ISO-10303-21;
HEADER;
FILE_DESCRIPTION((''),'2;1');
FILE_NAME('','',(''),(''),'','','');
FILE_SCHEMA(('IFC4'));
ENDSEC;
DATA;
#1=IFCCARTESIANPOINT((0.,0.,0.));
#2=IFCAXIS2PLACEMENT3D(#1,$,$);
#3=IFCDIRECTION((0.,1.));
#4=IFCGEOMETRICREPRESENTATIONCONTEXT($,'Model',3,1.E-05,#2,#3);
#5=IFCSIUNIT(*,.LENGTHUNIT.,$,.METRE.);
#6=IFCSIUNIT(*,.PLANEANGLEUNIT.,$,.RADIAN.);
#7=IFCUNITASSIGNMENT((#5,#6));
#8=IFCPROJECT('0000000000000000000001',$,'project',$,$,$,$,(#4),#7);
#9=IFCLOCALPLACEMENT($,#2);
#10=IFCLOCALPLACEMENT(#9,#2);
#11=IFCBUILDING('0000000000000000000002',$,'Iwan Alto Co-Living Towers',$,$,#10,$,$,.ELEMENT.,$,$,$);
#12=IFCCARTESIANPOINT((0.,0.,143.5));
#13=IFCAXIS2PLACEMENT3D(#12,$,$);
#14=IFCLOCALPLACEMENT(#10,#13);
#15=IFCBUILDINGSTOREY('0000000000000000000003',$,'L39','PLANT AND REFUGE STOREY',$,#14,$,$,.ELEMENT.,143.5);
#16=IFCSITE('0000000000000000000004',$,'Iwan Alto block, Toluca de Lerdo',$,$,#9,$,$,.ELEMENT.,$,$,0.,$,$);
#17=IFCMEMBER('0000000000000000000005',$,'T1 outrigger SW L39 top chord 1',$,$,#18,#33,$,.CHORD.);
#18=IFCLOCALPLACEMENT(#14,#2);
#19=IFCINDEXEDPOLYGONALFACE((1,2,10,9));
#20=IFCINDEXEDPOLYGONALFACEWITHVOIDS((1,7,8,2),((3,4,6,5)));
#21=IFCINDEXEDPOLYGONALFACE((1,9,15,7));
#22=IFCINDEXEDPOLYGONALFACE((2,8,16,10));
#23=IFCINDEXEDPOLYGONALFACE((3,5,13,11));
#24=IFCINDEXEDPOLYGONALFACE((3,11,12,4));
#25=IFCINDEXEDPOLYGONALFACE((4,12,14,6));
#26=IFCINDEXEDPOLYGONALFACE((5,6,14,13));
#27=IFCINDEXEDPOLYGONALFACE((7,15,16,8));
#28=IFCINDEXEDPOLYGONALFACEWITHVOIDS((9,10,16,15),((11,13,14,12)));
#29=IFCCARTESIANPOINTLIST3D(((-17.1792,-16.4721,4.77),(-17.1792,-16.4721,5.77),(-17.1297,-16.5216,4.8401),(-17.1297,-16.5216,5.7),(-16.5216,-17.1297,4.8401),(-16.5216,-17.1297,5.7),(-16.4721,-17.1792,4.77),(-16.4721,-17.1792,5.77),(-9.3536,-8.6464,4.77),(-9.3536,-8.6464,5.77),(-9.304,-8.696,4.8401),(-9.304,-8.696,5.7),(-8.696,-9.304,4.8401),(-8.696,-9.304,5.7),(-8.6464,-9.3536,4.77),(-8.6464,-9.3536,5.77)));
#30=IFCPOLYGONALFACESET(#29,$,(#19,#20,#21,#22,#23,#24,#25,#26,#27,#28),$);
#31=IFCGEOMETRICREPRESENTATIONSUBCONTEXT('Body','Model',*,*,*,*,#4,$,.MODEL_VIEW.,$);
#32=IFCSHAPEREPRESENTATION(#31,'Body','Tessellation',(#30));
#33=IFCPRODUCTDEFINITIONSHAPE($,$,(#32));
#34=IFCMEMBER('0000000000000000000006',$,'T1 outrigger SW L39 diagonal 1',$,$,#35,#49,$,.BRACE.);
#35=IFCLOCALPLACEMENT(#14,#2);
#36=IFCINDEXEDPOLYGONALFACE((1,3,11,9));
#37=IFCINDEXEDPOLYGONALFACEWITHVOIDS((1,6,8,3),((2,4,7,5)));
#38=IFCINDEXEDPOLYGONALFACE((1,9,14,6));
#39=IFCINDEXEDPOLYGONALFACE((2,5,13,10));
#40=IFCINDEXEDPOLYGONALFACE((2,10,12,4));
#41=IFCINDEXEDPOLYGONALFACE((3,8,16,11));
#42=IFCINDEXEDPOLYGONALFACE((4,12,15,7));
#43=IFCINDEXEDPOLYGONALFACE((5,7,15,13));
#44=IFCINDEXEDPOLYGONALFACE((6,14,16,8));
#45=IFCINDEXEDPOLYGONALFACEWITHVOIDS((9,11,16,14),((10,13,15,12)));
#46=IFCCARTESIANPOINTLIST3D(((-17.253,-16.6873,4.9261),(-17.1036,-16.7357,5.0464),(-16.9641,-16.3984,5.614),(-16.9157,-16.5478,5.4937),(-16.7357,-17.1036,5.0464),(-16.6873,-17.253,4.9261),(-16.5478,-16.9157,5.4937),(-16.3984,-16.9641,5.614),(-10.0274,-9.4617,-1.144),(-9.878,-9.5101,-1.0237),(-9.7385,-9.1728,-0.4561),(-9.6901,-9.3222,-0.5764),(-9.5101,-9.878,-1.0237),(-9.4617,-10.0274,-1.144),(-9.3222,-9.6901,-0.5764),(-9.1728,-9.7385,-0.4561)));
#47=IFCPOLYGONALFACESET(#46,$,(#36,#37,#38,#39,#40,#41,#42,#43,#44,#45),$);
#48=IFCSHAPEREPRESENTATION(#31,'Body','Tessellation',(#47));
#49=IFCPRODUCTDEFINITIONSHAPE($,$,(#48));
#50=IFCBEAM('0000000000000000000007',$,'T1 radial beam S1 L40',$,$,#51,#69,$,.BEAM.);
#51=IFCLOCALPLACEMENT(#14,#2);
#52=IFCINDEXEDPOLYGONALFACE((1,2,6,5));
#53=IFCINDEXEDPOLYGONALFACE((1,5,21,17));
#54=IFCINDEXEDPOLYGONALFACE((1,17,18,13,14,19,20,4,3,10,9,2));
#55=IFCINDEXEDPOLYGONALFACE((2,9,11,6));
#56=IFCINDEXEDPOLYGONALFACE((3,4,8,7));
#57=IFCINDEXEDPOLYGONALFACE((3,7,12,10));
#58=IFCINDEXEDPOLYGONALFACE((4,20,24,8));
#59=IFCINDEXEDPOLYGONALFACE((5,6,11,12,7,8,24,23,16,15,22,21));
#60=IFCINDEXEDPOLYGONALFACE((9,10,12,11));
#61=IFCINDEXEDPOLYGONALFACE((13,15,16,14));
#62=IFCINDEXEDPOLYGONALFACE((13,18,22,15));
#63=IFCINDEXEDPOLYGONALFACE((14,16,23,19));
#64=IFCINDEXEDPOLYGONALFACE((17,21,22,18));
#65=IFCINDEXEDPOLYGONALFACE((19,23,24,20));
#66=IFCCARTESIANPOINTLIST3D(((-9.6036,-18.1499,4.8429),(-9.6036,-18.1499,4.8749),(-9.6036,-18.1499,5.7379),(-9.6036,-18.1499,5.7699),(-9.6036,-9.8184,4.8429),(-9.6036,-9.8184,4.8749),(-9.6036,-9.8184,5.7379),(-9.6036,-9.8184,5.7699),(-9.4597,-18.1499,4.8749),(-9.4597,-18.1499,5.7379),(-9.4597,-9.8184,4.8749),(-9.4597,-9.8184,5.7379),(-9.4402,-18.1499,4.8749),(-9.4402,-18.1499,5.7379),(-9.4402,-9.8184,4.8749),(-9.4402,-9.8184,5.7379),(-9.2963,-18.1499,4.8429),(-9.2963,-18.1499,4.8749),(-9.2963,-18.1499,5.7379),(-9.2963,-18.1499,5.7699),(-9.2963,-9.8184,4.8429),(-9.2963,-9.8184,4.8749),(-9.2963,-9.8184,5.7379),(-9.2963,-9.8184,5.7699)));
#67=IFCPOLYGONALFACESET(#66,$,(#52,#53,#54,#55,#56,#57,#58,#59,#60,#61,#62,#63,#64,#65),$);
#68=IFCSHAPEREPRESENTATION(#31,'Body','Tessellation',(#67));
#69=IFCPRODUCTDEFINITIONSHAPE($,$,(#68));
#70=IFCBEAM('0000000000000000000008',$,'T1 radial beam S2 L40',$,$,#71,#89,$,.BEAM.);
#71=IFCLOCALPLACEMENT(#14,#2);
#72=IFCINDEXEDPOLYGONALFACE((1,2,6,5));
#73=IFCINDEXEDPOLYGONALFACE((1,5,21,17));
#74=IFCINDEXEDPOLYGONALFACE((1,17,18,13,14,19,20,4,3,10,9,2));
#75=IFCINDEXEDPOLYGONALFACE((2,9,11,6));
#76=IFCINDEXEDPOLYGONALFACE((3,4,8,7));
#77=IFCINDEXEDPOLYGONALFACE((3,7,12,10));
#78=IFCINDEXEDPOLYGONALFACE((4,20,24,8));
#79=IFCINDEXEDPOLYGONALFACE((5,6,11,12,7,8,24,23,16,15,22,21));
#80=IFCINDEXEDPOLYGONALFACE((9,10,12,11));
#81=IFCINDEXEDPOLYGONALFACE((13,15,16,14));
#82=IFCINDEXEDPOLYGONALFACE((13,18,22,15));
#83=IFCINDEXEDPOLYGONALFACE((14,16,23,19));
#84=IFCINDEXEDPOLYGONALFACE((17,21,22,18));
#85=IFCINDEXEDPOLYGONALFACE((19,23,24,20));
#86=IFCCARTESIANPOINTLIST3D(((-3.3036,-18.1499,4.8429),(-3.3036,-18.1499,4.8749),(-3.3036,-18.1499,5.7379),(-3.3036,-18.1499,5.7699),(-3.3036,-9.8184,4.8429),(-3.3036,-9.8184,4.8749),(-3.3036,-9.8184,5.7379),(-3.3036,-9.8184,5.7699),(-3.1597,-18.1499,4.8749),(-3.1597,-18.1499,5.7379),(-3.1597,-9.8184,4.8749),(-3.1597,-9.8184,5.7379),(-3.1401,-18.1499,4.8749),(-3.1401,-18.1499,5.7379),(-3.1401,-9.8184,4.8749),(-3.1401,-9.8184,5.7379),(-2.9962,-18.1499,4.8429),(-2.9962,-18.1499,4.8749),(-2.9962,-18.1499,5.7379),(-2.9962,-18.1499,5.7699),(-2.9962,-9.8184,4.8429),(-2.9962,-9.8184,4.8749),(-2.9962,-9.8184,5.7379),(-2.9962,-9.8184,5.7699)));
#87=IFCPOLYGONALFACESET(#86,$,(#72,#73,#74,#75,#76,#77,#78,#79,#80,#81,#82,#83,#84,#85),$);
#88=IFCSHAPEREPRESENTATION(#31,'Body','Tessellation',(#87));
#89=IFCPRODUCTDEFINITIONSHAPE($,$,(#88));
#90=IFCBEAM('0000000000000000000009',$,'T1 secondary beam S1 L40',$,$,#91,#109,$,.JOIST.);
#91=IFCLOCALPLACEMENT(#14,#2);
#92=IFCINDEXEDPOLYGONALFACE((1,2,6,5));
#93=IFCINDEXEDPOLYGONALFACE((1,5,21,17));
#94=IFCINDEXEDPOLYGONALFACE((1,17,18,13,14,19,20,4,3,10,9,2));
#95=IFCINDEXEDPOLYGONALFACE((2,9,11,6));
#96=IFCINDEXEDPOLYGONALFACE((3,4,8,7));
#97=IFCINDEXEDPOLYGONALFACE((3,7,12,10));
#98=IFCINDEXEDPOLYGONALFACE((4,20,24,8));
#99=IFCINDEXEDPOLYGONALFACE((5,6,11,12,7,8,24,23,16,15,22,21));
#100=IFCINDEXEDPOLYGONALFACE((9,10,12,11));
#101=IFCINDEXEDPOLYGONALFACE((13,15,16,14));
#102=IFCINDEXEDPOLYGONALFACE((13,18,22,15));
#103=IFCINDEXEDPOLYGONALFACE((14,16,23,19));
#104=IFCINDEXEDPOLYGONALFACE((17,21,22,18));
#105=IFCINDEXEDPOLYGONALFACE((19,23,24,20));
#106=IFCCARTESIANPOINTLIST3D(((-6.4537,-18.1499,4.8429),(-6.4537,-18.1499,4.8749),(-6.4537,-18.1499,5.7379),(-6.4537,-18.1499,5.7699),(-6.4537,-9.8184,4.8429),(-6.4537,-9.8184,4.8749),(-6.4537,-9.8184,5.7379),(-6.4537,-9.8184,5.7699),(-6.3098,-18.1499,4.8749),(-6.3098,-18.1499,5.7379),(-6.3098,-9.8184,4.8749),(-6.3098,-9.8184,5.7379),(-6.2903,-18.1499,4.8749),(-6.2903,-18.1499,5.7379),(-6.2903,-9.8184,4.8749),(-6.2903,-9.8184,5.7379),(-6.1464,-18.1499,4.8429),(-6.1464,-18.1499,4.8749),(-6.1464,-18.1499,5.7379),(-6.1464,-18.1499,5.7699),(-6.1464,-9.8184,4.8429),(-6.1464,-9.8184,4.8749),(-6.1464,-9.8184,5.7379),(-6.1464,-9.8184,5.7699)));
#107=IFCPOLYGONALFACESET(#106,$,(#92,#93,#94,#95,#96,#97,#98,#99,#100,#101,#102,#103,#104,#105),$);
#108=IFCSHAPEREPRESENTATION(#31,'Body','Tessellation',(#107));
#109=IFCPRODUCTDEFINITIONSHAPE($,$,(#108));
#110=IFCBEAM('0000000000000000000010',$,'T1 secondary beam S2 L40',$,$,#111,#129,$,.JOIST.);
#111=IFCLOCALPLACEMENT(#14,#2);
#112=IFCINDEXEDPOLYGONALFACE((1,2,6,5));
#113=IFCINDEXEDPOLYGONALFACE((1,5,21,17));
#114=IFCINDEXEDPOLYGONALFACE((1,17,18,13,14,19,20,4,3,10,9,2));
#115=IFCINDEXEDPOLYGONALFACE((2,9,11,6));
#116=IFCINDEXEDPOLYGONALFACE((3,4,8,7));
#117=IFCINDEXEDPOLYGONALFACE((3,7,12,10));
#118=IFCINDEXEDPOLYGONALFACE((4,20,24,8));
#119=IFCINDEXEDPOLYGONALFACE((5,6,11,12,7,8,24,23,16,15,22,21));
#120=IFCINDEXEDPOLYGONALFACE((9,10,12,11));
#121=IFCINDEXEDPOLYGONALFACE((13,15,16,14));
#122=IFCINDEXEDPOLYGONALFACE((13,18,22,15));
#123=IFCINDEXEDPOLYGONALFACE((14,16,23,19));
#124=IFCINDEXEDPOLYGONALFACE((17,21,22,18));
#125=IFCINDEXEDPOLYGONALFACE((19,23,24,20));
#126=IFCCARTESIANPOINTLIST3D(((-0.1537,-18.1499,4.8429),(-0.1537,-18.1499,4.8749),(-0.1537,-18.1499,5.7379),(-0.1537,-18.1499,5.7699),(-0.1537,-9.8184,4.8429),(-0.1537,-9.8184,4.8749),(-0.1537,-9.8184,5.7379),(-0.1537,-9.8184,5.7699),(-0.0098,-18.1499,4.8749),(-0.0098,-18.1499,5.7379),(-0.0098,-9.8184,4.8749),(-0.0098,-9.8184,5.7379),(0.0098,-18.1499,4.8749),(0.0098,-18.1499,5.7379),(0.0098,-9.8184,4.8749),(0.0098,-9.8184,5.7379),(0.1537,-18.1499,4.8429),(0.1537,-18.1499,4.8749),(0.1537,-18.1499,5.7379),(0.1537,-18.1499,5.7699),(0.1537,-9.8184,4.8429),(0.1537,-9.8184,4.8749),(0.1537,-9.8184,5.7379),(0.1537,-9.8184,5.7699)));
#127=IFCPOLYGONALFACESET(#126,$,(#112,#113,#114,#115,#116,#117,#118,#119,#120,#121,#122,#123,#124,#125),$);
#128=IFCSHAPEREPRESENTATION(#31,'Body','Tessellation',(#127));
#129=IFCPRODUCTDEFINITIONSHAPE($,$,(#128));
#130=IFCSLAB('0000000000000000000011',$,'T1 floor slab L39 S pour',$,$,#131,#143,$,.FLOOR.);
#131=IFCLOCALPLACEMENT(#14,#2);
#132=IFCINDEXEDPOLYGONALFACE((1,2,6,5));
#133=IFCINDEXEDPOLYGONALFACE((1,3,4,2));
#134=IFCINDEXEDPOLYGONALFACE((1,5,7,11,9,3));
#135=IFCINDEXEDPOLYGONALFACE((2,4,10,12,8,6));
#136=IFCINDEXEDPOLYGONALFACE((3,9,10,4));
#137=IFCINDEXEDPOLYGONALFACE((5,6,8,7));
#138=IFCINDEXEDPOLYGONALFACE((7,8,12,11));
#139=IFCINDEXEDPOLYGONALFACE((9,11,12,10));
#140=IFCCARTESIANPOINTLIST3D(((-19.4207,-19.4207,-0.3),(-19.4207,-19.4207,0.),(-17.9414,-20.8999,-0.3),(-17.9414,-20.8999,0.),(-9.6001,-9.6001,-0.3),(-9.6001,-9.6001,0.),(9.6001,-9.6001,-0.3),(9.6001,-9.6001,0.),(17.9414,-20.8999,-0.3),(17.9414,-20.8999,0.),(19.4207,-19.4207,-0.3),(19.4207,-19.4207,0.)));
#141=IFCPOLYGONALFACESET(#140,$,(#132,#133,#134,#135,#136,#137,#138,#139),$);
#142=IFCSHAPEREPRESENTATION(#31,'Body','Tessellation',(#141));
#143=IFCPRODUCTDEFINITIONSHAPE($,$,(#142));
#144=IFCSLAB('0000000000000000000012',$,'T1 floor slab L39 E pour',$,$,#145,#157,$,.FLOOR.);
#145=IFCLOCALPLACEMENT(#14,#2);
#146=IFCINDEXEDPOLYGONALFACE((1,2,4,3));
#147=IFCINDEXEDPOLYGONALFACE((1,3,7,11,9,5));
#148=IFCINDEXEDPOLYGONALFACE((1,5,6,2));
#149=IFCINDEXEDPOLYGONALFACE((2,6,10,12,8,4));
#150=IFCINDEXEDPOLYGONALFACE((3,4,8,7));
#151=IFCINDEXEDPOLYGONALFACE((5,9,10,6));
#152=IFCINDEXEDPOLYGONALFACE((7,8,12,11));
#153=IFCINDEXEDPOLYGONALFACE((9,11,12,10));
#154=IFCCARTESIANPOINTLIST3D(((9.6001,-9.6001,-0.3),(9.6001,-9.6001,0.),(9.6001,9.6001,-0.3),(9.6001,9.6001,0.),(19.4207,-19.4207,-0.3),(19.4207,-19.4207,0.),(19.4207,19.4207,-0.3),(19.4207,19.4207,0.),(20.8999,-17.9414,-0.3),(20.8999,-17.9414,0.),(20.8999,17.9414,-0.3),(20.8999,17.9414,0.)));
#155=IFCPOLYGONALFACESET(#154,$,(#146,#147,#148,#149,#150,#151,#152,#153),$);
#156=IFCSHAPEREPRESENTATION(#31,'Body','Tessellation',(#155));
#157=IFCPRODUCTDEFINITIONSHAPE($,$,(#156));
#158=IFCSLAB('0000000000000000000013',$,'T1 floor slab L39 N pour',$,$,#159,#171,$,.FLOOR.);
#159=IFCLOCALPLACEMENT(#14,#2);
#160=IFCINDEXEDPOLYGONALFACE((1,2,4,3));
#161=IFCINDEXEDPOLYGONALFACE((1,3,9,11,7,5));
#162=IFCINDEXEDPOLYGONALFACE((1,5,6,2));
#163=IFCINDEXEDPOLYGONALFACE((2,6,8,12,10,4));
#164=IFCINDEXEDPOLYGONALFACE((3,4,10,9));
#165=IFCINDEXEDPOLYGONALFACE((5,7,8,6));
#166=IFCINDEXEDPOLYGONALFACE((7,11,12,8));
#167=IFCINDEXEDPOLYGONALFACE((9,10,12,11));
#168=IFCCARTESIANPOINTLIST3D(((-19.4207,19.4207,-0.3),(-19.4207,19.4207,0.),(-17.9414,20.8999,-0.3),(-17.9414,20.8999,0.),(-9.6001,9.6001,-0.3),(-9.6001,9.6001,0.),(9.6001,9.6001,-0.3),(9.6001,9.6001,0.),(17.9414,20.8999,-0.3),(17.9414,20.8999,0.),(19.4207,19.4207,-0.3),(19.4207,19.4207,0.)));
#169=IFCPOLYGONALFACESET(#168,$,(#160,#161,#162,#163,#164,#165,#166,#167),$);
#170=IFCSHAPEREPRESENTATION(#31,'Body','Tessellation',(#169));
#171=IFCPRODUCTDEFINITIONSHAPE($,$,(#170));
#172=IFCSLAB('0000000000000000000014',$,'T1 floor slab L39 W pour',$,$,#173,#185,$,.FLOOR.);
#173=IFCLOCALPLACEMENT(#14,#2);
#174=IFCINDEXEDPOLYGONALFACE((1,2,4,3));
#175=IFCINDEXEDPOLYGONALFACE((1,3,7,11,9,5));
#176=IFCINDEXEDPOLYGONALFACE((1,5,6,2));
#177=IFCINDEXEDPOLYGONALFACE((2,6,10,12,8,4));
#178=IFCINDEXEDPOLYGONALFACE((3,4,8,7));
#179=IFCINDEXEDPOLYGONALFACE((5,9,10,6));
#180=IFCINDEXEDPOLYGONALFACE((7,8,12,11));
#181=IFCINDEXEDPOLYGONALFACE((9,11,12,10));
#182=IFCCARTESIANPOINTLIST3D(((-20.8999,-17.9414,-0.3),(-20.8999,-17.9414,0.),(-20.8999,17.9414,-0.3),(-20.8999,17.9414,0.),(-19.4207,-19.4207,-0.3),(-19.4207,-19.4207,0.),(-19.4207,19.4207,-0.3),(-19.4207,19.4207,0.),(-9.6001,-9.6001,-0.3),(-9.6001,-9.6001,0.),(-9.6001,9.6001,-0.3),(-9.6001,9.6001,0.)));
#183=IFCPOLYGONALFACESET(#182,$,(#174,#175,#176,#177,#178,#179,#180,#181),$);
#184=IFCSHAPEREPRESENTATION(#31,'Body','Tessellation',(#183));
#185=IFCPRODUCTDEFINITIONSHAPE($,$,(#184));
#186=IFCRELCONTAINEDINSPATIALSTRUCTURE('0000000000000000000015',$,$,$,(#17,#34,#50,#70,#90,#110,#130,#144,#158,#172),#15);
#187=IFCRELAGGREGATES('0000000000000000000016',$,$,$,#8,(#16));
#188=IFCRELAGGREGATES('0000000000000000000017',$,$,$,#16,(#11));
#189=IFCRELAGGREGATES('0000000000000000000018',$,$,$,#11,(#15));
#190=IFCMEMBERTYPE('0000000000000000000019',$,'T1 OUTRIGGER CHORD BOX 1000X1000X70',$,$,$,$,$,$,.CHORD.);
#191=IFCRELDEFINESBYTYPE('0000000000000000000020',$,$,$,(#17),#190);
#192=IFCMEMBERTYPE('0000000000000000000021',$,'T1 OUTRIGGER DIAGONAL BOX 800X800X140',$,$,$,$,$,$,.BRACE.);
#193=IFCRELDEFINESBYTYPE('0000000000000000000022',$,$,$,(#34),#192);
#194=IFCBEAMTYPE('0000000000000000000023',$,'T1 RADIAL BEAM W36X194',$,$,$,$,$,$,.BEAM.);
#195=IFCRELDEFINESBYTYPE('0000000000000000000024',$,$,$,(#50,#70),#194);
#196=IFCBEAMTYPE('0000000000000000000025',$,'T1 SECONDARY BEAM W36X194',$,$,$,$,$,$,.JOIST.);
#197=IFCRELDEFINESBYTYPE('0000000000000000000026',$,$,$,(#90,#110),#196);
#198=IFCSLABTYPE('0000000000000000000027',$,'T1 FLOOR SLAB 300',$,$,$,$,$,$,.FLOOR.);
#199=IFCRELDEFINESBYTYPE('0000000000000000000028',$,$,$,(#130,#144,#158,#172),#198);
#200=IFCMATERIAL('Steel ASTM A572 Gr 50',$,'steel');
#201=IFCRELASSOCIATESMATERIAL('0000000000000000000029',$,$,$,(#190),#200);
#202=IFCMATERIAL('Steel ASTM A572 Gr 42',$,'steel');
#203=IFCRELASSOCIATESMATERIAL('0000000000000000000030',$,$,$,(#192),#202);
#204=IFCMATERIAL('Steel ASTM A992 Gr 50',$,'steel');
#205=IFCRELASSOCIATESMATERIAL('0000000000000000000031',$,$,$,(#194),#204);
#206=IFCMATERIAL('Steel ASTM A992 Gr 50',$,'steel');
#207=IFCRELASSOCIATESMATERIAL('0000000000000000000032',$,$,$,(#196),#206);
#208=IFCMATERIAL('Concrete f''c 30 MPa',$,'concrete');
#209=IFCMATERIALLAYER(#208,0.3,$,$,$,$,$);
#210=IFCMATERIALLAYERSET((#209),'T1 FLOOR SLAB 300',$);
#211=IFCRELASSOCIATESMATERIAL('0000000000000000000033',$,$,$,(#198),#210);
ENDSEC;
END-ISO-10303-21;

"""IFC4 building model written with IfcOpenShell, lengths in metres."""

from ifc_helpers import new_model, si_unit, direction, frame, origin, origin_2d, place, context, subcontext, project, spatial, polyline, hollow_rectangle, i_section, outline, extrude, material, layer, layer_set, material_profile, profile_set, type_object, element, save


model = new_model("IFC4")

# Units and contexts
model_context = context("Model", 3, precision=1e-05, world=origin(), true_north=direction((0.0, 1.0)))
body_context = subcontext(model_context, "Body", "Model", "MODEL_VIEW")
ifc_project = project(units=[si_unit("LENGTHUNIT", "METRE"), si_unit("PLANEANGLEUNIT", "RADIAN")], contexts=[model_context])

# Site, building, storey
site_placement = place(None, origin())
site = spatial("IfcSite", under=ifc_project, at=site_placement, Name="Iwan Alto block, Toluca de Lerdo", CompositionType="ELEMENT", RefElevation=0.0)
building_placement = place(site_placement, origin())
building = spatial("IfcBuilding", under=site, at=building_placement, Name="Iwan Alto Co-Living Towers", CompositionType="ELEMENT")
storey_placement = place(building_placement, frame((0.0, 0.0, 143.5)))
storey = spatial("IfcBuildingStorey", under=building, at=storey_placement, Name="L39", Description="PLANT AND REFUGE STOREY", CompositionType="ELEMENT", Elevation=143.5)

# Members
ifc_material_1 = material(Name="Steel ASTM A572 Gr 50", Category="steel")
ifc_material_profile_1 = material_profile(ifc_material_1, hollow_rectangle(XDim=1.0, YDim=1.0, WallThickness=0.0701, at=origin_2d()), Name="BOX 1000X1000X70")
ifc_profile_set_1 = profile_set([ifc_material_profile_1], Name="Steel ASTM A572 Gr 50")
member_type_1 = type_object("IfcMemberType", Name="T1 OUTRIGGER CHORD BOX 1000X1000X70", PredefinedType="CHORD", material=ifc_profile_set_1)
member_1_placement = place(storey_placement, frame((-9.0, -9.0, 5.27), z_axis=(-0.707107, -0.707107, 0.0), x_axis=(0.707107, -0.707107, 0.0)))
element("IfcMember", 1, at=member_1_placement, inside=storey, type_object=member_type_1, Name="T1 outrigger SW L39 top chord 1", PredefinedType="CHORD", context=body_context, shape_type="SweptSolid", body=[
    extrude(hollow_rectangle(XDim=1.0, YDim=1.0, WallThickness=0.0701, at=origin_2d()), origin(), (0.0, 0.0, 1.0), 11.0671),
])
ifc_material_2 = material(Name="Steel ASTM A572 Gr 42", Category="steel")
ifc_material_profile_2 = material_profile(ifc_material_2, hollow_rectangle(XDim=0.8, YDim=0.8, WallThickness=0.1399, at=origin_2d()), Name="BOX 800X800X140")
ifc_profile_set_2 = profile_set([ifc_material_profile_2], Name="Steel ASTM A572 Gr 42")
member_type_2 = type_object("IfcMemberType", Name="T1 OUTRIGGER DIAGONAL BOX 800X800X140", PredefinedType="BRACE", material=ifc_profile_set_2)
member_2_placement = place(storey_placement, frame((-9.6001, -9.6001, -0.8), z_axis=(-0.607935, -0.607935, 0.510714), x_axis=(0.707107, -0.707107, 0.0)))
element("IfcMember", 2, at=member_2_placement, inside=storey, type_object=member_type_2, Name="T1 outrigger SW L39 diagonal 1", PredefinedType="BRACE", context=body_context, shape_type="SweptSolid", body=[
    extrude(hollow_rectangle(XDim=0.8, YDim=0.8, WallThickness=0.1399, at=origin_2d()), origin(), (0.0, 0.0, 1.0), 11.8855),
])

# Beams
ifc_material_3 = material(Name="Steel ASTM A992 Gr 50", Category="steel")
ifc_material_profile_3 = material_profile(ifc_material_3, i_section(OverallWidth=0.3074, OverallDepth=0.927, WebThickness=0.0195, FlangeThickness=0.032, at=origin_2d()), Name="W36X194")
ifc_profile_set_3 = profile_set([ifc_material_profile_3], Name="Steel ASTM A992 Gr 50")
beam_type_1 = type_object("IfcBeamType", Name="T1 RADIAL BEAM W36X194", PredefinedType="BEAM", material=ifc_profile_set_3)
for number, where, z_axis, x_axis, name in (
    (3, (-9.45, -18.1499, 5.3064), (0.0, 1.0, 0.0), (-1.0, 0.0, 0.0), "T1 radial beam S1 L40"),
    (4, (-3.1499, -18.1499, 5.3064), (0.0, 1.0, 0.0), (-1.0, 0.0, 0.0), "T1 radial beam S2 L40"),
):
    element("IfcBeam", number, at=place(storey_placement, frame(where, z_axis=z_axis, x_axis=x_axis)), inside=storey, type_object=beam_type_1, Name=name, PredefinedType="BEAM", context=body_context, shape_type="SweptSolid", body=[
        extrude(i_section(OverallWidth=0.3074, OverallDepth=0.927, WebThickness=0.0195, FlangeThickness=0.032, at=origin_2d()), origin(), (0.0, 0.0, 1.0), 8.3315),
    ])
ifc_material_4 = material(Name="Steel ASTM A992 Gr 50", Category="steel")
ifc_material_profile_4 = material_profile(ifc_material_4, i_section(OverallWidth=0.3074, OverallDepth=0.927, WebThickness=0.0195, FlangeThickness=0.032, at=origin_2d()), Name="W36X194")
ifc_profile_set_4 = profile_set([ifc_material_profile_4], Name="Steel ASTM A992 Gr 50")
beam_type_2 = type_object("IfcBeamType", Name="T1 SECONDARY BEAM W36X194", PredefinedType="JOIST", material=ifc_profile_set_4)
for number, where, z_axis, x_axis, name in (
    (5, (-6.3, -18.1499, 5.3064), (0.0, 1.0, 0.0), (-1.0, 0.0, 0.0), "T1 secondary beam S1 L40"),
    (6, (0.0, -18.1499, 5.3064), (0.0, 1.0, 0.0), (-1.0, 0.0, 0.0), "T1 secondary beam S2 L40"),
):
    element("IfcBeam", number, at=place(storey_placement, frame(where, z_axis=z_axis, x_axis=x_axis)), inside=storey, type_object=beam_type_2, Name=name, PredefinedType="JOIST", context=body_context, shape_type="SweptSolid", body=[
        extrude(i_section(OverallWidth=0.3074, OverallDepth=0.927, WebThickness=0.0195, FlangeThickness=0.032, at=origin_2d()), origin(), (0.0, 0.0, 1.0), 8.3315),
    ])

# Slabs
ifc_material_5 = material(Name="Concrete f'c 30 MPa", Category="concrete")
ifc_layer_1 = layer(ifc_material_5, 0.3)
ifc_layer_set_1 = layer_set([ifc_layer_1], Name="T1 FLOOR SLAB 300")
slab_type = type_object("IfcSlabType", Name="T1 FLOOR SLAB 300", PredefinedType="FLOOR", material=ifc_layer_set_1)
slab_1_placement = place(storey_placement, frame((0.0, 0.0, -0.3)))
element("IfcSlab", 7, at=slab_1_placement, inside=storey, type_object=slab_type, Name="T1 floor slab L39 S pour", PredefinedType="FLOOR", context=body_context, shape_type="SweptSolid", body=[
    extrude(outline(polyline([(17.9414, -20.8999), (-17.9414, -20.8999), (-19.4207, -19.4207), (-9.6001, -9.6001), (9.6001, -9.6001), (19.4207, -19.4207), (17.9414, -20.8999)])), origin(), (0.0, 0.0, 1.0), 0.3),
])
slab_2_placement = place(storey_placement, frame((0.0, 0.0, -0.3)))
element("IfcSlab", 8, at=slab_2_placement, inside=storey, type_object=slab_type, Name="T1 floor slab L39 E pour", PredefinedType="FLOOR", context=body_context, shape_type="SweptSolid", body=[
    extrude(outline(polyline([(20.8999, 17.9414), (20.8999, -17.9414), (19.4207, -19.4207), (9.6001, -9.6001), (9.6001, 9.6001), (19.4207, 19.4207), (20.8999, 17.9414)])), origin(), (0.0, 0.0, 1.0), 0.3),
])
slab_3_placement = place(storey_placement, frame((0.0, 0.0, -0.3)))
element("IfcSlab", 9, at=slab_3_placement, inside=storey, type_object=slab_type, Name="T1 floor slab L39 N pour", PredefinedType="FLOOR", context=body_context, shape_type="SweptSolid", body=[
    extrude(outline(polyline([(-17.9414, 20.8999), (17.9414, 20.8999), (19.4207, 19.4207), (9.6001, 9.6001), (-9.6001, 9.6001), (-19.4207, 19.4207), (-17.9414, 20.8999)])), origin(), (0.0, 0.0, 1.0), 0.3),
])
slab_4_placement = place(storey_placement, frame((0.0, 0.0, -0.3)))
element("IfcSlab", 10, at=slab_4_placement, inside=storey, type_object=slab_type, Name="T1 floor slab L39 W pour", PredefinedType="FLOOR", context=body_context, shape_type="SweptSolid", body=[
    extrude(outline(polyline([(-20.8999, 17.9414), (-19.4207, 19.4207), (-9.6001, 9.6001), (-9.6001, -9.6001), (-19.4207, -19.4207), (-20.8999, -17.9414), (-20.8999, 17.9414)])), origin(), (0.0, 0.0, 1.0), 0.3),
])

save(model, "model.ifc")
